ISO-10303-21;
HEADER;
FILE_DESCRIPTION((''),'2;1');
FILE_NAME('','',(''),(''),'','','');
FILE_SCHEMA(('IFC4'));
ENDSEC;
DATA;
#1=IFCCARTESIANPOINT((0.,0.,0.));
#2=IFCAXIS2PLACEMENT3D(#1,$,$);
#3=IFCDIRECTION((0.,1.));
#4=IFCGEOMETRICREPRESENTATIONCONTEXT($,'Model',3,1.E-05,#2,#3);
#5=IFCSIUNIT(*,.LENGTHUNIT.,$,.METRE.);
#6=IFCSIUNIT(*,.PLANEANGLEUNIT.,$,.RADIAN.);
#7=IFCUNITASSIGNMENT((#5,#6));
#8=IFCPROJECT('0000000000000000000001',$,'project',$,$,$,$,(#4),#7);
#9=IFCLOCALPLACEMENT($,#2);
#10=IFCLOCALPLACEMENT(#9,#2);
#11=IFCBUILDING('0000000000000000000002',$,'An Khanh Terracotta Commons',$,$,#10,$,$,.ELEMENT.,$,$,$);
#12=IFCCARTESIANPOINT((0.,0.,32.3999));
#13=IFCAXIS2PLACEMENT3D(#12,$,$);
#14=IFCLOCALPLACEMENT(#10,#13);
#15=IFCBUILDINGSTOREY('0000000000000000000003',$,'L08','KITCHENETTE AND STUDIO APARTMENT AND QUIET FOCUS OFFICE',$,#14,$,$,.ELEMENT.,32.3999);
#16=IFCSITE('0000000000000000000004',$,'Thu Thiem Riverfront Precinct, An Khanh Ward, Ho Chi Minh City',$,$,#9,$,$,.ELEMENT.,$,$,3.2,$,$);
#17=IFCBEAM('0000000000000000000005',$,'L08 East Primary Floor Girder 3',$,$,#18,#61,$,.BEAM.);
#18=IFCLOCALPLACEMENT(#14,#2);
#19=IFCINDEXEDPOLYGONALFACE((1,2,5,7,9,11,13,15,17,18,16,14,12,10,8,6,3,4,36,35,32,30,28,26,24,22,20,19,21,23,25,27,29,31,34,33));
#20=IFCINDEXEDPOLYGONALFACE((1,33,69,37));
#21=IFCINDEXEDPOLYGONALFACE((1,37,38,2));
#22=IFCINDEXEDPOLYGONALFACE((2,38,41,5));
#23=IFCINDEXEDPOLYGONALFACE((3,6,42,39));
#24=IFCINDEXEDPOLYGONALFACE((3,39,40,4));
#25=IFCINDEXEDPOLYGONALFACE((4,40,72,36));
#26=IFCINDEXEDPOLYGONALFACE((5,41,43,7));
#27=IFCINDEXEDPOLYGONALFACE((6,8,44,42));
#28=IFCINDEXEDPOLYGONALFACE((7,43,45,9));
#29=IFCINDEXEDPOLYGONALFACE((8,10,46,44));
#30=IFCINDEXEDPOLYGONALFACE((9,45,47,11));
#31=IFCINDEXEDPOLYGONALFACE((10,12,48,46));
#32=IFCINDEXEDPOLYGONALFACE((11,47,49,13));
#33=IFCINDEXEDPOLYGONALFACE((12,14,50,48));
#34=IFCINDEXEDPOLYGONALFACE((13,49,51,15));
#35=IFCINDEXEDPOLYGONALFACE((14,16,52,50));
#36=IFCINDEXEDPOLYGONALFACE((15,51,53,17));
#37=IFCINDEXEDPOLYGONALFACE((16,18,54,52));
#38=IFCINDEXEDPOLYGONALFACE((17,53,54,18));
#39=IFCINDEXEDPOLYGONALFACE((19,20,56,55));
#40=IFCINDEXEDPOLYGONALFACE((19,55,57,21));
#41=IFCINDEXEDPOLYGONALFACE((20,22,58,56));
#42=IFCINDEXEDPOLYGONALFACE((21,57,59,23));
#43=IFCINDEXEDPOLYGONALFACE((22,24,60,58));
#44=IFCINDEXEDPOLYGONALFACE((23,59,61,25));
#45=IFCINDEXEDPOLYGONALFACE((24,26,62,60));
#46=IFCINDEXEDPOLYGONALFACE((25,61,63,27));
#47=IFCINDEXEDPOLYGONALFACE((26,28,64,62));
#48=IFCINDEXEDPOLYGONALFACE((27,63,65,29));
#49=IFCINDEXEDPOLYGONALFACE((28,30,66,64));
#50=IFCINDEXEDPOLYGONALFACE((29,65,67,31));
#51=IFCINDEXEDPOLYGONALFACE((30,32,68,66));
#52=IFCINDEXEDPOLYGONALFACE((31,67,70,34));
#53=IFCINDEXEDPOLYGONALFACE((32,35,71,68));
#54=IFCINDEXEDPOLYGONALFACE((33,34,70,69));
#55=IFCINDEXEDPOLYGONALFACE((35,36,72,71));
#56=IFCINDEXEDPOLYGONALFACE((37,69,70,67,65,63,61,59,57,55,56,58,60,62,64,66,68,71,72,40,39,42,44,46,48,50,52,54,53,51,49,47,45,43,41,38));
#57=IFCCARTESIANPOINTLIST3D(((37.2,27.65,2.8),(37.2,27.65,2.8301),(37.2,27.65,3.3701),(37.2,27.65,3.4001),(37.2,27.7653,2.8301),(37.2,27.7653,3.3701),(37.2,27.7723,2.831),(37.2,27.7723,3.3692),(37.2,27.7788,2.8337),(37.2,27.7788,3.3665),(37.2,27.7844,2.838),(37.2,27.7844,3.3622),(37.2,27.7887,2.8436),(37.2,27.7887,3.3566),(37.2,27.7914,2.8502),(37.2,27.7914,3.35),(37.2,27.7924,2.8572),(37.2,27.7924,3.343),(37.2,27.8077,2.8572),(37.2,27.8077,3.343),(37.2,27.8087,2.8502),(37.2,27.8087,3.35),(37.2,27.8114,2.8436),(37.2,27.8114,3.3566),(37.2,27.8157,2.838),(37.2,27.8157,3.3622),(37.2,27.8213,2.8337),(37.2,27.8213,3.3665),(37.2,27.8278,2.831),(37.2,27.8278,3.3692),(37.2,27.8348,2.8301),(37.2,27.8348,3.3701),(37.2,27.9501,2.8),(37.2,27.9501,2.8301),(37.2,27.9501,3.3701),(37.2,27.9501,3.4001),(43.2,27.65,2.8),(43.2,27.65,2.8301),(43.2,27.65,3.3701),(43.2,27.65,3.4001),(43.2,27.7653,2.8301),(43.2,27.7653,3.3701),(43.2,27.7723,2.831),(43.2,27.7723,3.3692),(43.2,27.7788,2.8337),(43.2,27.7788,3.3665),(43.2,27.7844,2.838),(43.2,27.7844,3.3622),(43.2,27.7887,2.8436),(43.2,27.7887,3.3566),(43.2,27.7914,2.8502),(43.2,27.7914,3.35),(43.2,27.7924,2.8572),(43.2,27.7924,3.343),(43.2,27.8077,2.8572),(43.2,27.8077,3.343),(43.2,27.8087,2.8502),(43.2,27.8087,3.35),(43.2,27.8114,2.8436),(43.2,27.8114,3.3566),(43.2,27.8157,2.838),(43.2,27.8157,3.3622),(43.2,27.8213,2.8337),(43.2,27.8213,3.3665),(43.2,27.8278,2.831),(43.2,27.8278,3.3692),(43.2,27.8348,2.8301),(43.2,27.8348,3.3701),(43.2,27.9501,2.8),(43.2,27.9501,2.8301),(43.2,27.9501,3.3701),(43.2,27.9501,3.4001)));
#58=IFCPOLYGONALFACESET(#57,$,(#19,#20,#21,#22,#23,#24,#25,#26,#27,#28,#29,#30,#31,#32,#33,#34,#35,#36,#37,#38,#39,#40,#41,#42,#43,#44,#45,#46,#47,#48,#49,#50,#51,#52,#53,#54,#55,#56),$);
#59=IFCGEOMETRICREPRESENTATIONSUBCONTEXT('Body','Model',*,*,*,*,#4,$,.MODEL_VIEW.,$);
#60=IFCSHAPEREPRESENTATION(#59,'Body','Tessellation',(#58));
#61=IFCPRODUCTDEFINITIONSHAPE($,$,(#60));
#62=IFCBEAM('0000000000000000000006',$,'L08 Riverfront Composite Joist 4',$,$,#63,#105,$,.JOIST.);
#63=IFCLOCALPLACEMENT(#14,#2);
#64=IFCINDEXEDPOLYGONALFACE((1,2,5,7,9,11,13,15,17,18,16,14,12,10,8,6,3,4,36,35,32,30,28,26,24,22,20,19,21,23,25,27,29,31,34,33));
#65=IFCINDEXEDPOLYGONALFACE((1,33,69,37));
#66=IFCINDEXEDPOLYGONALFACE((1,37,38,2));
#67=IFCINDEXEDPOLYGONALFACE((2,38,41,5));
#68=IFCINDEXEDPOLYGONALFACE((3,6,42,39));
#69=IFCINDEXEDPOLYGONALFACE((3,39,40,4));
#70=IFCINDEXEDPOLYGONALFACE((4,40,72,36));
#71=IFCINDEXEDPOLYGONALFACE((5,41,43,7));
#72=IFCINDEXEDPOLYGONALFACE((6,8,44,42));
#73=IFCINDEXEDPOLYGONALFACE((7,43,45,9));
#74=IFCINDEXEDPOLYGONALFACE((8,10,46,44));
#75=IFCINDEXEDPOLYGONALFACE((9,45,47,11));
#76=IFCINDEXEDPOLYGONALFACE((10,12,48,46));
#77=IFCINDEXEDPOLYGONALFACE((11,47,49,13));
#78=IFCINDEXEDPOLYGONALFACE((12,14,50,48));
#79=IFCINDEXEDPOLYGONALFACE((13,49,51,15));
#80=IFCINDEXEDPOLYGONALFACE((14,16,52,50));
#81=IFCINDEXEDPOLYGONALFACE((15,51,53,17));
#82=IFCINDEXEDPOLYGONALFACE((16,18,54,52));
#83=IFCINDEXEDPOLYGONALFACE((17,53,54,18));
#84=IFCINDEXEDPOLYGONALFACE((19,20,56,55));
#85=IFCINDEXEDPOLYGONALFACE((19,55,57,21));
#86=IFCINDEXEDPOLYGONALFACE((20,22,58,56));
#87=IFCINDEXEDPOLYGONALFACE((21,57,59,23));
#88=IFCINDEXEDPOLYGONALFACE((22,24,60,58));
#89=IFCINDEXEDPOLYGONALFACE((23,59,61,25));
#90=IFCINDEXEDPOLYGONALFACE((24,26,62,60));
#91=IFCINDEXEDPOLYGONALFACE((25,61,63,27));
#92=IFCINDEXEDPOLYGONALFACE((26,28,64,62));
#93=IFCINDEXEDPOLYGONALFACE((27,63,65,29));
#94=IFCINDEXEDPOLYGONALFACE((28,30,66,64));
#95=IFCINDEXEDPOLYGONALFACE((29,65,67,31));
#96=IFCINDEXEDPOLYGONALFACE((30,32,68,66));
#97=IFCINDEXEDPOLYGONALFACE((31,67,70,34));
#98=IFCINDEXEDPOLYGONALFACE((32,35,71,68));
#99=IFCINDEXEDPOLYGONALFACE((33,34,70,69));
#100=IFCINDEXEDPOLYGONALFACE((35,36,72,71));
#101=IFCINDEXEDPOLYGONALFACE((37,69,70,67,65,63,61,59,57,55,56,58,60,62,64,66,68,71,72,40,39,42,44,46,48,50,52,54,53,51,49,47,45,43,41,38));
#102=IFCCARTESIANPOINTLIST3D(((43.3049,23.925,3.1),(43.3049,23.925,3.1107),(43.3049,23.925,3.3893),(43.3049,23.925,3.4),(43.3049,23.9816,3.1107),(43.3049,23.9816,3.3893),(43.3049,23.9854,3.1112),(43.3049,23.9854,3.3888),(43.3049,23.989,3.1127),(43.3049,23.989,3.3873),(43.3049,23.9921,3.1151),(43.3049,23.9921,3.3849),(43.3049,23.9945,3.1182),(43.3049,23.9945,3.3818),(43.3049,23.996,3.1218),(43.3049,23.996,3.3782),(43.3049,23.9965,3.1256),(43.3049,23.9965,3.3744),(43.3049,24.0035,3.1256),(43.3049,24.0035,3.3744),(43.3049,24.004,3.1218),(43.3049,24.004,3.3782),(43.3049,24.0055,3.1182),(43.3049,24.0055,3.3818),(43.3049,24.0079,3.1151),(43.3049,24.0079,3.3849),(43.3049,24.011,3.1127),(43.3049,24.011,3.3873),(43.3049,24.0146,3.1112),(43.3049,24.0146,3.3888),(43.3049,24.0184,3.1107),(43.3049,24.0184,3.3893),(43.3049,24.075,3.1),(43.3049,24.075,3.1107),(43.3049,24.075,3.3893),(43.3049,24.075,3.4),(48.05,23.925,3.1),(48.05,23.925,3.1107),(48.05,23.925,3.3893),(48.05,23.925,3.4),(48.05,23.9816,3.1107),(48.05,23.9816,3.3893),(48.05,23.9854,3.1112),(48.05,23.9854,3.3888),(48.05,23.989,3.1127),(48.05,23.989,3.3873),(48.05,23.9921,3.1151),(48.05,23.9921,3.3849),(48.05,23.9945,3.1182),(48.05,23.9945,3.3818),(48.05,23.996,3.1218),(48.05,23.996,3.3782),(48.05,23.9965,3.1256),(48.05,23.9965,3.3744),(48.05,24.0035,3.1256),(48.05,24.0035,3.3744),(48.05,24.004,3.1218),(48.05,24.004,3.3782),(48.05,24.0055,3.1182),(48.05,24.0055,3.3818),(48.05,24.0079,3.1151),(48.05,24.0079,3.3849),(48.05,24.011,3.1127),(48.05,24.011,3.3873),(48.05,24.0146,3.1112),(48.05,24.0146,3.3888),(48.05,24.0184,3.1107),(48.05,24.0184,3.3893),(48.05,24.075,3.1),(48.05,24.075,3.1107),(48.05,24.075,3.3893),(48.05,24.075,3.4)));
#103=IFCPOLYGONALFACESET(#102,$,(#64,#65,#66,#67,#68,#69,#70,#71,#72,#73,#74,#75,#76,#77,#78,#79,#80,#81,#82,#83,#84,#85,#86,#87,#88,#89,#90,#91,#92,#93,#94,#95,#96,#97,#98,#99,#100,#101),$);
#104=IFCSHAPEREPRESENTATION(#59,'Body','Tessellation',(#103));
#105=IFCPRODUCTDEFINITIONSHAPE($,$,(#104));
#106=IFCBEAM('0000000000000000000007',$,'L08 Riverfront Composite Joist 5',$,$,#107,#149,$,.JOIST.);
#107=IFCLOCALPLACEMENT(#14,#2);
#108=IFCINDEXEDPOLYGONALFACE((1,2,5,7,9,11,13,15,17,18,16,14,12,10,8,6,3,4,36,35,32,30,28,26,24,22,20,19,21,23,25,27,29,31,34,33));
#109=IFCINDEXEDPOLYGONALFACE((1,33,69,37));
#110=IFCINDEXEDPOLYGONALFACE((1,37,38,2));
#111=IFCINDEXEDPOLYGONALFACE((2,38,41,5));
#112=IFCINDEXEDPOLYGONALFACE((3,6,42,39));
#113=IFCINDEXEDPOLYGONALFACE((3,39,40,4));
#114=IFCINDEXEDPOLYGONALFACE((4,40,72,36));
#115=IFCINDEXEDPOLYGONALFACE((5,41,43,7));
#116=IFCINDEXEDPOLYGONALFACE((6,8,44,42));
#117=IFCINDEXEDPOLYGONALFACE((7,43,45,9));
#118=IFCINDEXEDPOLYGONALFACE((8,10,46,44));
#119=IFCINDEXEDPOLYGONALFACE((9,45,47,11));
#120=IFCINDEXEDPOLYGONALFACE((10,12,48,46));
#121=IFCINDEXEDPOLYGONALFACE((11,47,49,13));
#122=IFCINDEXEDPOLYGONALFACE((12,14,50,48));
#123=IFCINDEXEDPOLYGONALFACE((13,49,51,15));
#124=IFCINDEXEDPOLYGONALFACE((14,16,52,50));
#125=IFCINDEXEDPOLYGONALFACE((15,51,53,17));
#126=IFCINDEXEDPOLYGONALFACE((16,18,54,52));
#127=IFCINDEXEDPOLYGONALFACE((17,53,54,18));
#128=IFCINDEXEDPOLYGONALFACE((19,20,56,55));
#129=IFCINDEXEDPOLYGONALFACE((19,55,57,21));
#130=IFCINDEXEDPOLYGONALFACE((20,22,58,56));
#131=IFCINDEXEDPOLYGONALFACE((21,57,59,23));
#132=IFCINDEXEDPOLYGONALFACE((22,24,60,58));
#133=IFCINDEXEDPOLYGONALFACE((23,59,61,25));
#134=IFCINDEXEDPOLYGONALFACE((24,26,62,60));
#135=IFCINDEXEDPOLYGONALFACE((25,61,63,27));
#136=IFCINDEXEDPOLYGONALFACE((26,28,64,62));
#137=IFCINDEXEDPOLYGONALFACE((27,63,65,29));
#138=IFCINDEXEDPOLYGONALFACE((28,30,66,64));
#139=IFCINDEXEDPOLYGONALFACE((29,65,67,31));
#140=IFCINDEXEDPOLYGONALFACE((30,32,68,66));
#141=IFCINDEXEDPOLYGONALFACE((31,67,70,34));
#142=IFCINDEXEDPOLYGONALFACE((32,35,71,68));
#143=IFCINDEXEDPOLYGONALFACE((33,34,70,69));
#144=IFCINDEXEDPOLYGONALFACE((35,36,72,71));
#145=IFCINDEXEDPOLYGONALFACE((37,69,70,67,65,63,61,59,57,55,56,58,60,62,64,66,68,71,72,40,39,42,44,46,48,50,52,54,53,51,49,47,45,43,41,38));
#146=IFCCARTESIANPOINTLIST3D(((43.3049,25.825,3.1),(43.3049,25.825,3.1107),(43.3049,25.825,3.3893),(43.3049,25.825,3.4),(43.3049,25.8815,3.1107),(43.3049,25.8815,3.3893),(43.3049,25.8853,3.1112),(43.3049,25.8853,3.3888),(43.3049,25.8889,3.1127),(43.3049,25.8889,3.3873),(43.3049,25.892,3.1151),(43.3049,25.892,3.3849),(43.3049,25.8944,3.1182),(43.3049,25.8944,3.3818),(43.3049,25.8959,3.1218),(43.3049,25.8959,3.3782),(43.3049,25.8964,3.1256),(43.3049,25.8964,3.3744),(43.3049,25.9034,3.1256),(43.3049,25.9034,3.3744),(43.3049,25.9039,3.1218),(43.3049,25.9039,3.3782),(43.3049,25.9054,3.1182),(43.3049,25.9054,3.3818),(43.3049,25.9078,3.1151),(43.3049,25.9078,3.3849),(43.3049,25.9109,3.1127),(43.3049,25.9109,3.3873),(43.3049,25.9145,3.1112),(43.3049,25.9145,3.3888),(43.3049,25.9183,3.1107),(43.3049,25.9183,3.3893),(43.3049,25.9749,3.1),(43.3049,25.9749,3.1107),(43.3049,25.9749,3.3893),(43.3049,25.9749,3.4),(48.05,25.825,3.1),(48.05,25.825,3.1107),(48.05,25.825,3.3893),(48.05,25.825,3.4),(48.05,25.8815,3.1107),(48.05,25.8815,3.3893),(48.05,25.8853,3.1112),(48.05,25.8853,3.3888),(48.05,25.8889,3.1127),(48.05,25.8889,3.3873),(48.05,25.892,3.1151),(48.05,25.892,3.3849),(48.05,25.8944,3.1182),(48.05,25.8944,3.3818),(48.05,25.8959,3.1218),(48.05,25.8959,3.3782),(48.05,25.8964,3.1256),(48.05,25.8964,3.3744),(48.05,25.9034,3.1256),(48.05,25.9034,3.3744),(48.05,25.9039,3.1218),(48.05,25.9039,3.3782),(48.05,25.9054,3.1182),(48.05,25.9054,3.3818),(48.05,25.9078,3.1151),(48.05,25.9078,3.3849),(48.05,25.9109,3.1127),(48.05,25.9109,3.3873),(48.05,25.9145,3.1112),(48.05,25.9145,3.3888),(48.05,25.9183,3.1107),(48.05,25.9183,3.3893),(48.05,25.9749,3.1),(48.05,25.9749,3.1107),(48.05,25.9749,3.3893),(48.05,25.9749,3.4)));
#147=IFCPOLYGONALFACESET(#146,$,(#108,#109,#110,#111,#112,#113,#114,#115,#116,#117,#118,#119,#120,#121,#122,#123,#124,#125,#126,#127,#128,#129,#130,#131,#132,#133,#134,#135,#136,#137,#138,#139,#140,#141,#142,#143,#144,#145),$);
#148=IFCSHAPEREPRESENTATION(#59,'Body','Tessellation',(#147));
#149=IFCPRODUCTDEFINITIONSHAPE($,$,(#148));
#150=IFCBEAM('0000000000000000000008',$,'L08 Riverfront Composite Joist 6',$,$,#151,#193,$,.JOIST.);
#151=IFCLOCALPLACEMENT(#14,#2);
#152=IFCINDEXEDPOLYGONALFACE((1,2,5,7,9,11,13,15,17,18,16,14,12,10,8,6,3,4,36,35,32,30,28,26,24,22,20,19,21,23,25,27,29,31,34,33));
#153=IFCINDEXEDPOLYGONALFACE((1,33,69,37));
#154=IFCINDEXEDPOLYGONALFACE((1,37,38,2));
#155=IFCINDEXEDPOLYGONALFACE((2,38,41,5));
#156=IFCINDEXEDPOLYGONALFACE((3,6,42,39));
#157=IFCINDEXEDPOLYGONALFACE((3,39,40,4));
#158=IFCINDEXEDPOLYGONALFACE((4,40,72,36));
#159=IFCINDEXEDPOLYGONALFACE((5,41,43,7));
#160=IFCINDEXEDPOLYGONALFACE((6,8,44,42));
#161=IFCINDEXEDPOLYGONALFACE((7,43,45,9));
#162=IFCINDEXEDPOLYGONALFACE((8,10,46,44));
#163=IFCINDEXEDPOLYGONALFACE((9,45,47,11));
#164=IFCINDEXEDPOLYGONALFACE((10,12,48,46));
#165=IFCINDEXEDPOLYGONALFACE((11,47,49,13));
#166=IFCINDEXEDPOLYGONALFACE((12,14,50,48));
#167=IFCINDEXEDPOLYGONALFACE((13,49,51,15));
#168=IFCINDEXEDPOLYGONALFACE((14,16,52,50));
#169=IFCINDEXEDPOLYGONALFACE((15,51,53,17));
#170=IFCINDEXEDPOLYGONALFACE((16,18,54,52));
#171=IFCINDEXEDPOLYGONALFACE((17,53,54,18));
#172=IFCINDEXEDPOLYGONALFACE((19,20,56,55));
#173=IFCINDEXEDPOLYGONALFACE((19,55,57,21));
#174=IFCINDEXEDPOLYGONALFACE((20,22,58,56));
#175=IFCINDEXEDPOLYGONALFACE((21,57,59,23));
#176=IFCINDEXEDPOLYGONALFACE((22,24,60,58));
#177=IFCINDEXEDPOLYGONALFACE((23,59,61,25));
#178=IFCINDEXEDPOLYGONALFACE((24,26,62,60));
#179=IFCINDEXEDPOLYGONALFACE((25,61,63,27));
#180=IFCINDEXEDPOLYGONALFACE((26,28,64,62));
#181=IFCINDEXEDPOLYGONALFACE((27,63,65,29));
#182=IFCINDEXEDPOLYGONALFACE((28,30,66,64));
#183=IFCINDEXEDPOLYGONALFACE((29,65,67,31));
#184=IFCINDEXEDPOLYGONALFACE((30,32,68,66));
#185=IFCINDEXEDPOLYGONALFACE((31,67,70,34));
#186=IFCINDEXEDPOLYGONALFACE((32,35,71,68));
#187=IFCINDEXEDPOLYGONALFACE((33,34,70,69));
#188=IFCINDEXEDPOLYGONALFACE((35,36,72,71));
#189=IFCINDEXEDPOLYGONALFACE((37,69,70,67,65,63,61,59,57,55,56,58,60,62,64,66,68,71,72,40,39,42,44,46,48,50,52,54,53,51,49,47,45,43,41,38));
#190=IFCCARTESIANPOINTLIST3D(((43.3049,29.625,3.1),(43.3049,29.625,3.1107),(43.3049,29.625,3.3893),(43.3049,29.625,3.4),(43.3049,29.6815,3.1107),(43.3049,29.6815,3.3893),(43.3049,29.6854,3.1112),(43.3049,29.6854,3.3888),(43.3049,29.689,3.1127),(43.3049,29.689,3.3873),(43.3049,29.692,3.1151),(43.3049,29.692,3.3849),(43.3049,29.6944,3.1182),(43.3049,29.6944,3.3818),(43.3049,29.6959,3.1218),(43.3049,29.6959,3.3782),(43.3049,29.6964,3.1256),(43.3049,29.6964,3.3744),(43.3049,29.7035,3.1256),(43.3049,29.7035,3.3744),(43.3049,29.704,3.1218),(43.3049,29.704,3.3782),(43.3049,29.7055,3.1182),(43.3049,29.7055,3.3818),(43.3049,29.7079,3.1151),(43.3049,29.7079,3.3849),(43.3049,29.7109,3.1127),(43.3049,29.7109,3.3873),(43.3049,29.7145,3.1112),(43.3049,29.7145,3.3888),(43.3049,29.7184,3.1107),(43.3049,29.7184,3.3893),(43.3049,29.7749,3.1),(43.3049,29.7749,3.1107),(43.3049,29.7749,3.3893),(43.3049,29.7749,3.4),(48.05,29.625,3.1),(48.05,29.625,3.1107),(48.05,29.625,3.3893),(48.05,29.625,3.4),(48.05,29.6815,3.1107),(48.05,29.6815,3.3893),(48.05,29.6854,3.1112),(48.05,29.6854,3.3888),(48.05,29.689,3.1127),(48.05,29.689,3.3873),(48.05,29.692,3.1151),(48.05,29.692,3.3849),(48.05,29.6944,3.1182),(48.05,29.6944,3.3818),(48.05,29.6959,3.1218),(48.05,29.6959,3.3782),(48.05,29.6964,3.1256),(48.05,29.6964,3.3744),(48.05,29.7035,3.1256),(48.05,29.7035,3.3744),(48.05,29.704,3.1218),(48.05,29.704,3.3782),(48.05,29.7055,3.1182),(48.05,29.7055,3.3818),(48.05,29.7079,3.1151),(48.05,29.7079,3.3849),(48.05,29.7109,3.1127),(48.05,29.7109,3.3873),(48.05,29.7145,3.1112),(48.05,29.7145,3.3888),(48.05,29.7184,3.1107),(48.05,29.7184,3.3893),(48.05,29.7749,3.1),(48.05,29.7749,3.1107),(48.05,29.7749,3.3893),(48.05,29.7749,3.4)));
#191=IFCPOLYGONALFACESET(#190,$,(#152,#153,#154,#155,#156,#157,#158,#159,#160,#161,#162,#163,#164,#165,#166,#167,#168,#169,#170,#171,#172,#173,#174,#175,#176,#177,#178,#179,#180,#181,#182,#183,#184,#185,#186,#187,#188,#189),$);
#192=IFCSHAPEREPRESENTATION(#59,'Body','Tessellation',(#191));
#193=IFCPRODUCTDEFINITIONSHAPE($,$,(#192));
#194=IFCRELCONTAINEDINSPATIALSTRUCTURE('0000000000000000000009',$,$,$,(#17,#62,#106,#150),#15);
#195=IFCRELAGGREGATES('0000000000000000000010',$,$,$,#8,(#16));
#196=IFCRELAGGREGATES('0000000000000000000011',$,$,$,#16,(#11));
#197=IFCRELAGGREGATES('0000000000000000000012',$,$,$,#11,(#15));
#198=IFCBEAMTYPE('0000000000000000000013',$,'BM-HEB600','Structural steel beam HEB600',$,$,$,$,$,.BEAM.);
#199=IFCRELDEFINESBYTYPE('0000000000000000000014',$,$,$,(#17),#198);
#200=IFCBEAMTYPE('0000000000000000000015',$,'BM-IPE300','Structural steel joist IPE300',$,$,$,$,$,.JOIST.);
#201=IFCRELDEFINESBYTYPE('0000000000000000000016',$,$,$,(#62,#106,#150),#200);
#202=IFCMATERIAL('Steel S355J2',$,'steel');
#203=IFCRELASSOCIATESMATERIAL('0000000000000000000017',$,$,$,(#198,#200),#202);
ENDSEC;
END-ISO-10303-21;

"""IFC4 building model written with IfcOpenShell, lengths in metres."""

from ifc_helpers import new_model, si_unit, direction, frame, origin, origin_2d, place, context, subcontext, project, spatial, i_section, extrude, material, material_profile, profile_set, type_object, element, save


model = new_model("IFC4")

# Units and contexts
model_context = context("Model", 3, precision=1e-05, world=origin(), true_north=direction((0.0, 1.0)))
body_context = subcontext(model_context, "Body", "Model", "MODEL_VIEW")
ifc_project = project(units=[si_unit("LENGTHUNIT", "METRE"), si_unit("PLANEANGLEUNIT", "RADIAN")], contexts=[model_context])

# Site, building, storey
site_placement = place(None, origin())
site = spatial("IfcSite", under=ifc_project, at=site_placement, Name="Thu Thiem Riverfront Precinct, An Khanh Ward, Ho Chi Minh City", CompositionType="ELEMENT", RefElevation=3.2)
building_placement = place(site_placement, origin())
building = spatial("IfcBuilding", under=site, at=building_placement, Name="An Khanh Terracotta Commons", CompositionType="ELEMENT")
storey_placement = place(building_placement, frame((0.0, 0.0, 32.3999)))
storey = spatial("IfcBuildingStorey", under=building, at=storey_placement, Name="L08", Description="KITCHENETTE AND STUDIO APARTMENT AND QUIET FOCUS OFFICE", CompositionType="ELEMENT", Elevation=32.3999)

# Beams
ifc_material_1 = material(Name="Steel S355J2", Category="steel")
ifc_material_profile_1 = material_profile(ifc_material_1, i_section(OverallWidth=0.3, OverallDepth=0.6001, WebThickness=0.0154, FlangeThickness=0.03, FilletRadius=0.0271, at=origin_2d()), Name="HEB600")
ifc_profile_set_1 = profile_set([ifc_material_profile_1], Name="Steel S355J2")
beam_type_1 = type_object("IfcBeamType", Name="BM-HEB600", Description="Structural steel beam HEB600", PredefinedType="BEAM", material=ifc_profile_set_1)
beam_1_placement = place(storey_placement, frame((37.2, 27.8, 3.1001), z_axis=(1.0, 0.0, 0.0), x_axis=(0.0, 1.0, 0.0)))
element("IfcBeam", 1, at=beam_1_placement, inside=storey, type_object=beam_type_1, Name="L08 East Primary Floor Girder 3", PredefinedType="BEAM", context=body_context, shape_type="SweptSolid", body=[
    extrude(i_section(OverallWidth=0.3, OverallDepth=0.6001, WebThickness=0.0154, FlangeThickness=0.03, FilletRadius=0.0271, at=origin_2d()), origin(), (0.0, 0.0, 1.0), 6.0),
])
ifc_material_profile_2 = material_profile(ifc_material_1, i_section(OverallWidth=0.1499, OverallDepth=0.3, WebThickness=0.0071, FlangeThickness=0.0107, FilletRadius=0.0149, at=origin_2d()), Name="IPE300")
ifc_profile_set_2 = profile_set([ifc_material_profile_2], Name="Steel S355J2")
beam_type_2 = type_object("IfcBeamType", Name="BM-IPE300", Description="Structural steel joist IPE300", PredefinedType="JOIST", material=ifc_profile_set_2)
for number, where, z_axis, x_axis, name in (
    (2, (43.3049, 24.0, 3.25), (1.0, 0.0, 0.0), (0.0, 1.0, 0.0), "L08 Riverfront Composite Joist 4"),
    (3, (43.3049, 25.8999, 3.25), (1.0, 0.0, 0.0), (0.0, 1.0, 0.0), "L08 Riverfront Composite Joist 5"),
    (4, (43.3049, 29.7, 3.25), (1.0, 0.0, 0.0), (0.0, 1.0, 0.0), "L08 Riverfront Composite Joist 6"),
):
    element("IfcBeam", number, at=place(storey_placement, frame(where, z_axis=z_axis, x_axis=x_axis)), inside=storey, type_object=beam_type_2, Name=name, PredefinedType="JOIST", context=body_context, shape_type="SweptSolid", body=[
        extrude(i_section(OverallWidth=0.1499, OverallDepth=0.3, WebThickness=0.0071, FlangeThickness=0.0107, FilletRadius=0.0149, at=origin_2d()), origin(), (0.0, 0.0, 1.0), 4.7451),
    ])

save(model, "model.ifc")
